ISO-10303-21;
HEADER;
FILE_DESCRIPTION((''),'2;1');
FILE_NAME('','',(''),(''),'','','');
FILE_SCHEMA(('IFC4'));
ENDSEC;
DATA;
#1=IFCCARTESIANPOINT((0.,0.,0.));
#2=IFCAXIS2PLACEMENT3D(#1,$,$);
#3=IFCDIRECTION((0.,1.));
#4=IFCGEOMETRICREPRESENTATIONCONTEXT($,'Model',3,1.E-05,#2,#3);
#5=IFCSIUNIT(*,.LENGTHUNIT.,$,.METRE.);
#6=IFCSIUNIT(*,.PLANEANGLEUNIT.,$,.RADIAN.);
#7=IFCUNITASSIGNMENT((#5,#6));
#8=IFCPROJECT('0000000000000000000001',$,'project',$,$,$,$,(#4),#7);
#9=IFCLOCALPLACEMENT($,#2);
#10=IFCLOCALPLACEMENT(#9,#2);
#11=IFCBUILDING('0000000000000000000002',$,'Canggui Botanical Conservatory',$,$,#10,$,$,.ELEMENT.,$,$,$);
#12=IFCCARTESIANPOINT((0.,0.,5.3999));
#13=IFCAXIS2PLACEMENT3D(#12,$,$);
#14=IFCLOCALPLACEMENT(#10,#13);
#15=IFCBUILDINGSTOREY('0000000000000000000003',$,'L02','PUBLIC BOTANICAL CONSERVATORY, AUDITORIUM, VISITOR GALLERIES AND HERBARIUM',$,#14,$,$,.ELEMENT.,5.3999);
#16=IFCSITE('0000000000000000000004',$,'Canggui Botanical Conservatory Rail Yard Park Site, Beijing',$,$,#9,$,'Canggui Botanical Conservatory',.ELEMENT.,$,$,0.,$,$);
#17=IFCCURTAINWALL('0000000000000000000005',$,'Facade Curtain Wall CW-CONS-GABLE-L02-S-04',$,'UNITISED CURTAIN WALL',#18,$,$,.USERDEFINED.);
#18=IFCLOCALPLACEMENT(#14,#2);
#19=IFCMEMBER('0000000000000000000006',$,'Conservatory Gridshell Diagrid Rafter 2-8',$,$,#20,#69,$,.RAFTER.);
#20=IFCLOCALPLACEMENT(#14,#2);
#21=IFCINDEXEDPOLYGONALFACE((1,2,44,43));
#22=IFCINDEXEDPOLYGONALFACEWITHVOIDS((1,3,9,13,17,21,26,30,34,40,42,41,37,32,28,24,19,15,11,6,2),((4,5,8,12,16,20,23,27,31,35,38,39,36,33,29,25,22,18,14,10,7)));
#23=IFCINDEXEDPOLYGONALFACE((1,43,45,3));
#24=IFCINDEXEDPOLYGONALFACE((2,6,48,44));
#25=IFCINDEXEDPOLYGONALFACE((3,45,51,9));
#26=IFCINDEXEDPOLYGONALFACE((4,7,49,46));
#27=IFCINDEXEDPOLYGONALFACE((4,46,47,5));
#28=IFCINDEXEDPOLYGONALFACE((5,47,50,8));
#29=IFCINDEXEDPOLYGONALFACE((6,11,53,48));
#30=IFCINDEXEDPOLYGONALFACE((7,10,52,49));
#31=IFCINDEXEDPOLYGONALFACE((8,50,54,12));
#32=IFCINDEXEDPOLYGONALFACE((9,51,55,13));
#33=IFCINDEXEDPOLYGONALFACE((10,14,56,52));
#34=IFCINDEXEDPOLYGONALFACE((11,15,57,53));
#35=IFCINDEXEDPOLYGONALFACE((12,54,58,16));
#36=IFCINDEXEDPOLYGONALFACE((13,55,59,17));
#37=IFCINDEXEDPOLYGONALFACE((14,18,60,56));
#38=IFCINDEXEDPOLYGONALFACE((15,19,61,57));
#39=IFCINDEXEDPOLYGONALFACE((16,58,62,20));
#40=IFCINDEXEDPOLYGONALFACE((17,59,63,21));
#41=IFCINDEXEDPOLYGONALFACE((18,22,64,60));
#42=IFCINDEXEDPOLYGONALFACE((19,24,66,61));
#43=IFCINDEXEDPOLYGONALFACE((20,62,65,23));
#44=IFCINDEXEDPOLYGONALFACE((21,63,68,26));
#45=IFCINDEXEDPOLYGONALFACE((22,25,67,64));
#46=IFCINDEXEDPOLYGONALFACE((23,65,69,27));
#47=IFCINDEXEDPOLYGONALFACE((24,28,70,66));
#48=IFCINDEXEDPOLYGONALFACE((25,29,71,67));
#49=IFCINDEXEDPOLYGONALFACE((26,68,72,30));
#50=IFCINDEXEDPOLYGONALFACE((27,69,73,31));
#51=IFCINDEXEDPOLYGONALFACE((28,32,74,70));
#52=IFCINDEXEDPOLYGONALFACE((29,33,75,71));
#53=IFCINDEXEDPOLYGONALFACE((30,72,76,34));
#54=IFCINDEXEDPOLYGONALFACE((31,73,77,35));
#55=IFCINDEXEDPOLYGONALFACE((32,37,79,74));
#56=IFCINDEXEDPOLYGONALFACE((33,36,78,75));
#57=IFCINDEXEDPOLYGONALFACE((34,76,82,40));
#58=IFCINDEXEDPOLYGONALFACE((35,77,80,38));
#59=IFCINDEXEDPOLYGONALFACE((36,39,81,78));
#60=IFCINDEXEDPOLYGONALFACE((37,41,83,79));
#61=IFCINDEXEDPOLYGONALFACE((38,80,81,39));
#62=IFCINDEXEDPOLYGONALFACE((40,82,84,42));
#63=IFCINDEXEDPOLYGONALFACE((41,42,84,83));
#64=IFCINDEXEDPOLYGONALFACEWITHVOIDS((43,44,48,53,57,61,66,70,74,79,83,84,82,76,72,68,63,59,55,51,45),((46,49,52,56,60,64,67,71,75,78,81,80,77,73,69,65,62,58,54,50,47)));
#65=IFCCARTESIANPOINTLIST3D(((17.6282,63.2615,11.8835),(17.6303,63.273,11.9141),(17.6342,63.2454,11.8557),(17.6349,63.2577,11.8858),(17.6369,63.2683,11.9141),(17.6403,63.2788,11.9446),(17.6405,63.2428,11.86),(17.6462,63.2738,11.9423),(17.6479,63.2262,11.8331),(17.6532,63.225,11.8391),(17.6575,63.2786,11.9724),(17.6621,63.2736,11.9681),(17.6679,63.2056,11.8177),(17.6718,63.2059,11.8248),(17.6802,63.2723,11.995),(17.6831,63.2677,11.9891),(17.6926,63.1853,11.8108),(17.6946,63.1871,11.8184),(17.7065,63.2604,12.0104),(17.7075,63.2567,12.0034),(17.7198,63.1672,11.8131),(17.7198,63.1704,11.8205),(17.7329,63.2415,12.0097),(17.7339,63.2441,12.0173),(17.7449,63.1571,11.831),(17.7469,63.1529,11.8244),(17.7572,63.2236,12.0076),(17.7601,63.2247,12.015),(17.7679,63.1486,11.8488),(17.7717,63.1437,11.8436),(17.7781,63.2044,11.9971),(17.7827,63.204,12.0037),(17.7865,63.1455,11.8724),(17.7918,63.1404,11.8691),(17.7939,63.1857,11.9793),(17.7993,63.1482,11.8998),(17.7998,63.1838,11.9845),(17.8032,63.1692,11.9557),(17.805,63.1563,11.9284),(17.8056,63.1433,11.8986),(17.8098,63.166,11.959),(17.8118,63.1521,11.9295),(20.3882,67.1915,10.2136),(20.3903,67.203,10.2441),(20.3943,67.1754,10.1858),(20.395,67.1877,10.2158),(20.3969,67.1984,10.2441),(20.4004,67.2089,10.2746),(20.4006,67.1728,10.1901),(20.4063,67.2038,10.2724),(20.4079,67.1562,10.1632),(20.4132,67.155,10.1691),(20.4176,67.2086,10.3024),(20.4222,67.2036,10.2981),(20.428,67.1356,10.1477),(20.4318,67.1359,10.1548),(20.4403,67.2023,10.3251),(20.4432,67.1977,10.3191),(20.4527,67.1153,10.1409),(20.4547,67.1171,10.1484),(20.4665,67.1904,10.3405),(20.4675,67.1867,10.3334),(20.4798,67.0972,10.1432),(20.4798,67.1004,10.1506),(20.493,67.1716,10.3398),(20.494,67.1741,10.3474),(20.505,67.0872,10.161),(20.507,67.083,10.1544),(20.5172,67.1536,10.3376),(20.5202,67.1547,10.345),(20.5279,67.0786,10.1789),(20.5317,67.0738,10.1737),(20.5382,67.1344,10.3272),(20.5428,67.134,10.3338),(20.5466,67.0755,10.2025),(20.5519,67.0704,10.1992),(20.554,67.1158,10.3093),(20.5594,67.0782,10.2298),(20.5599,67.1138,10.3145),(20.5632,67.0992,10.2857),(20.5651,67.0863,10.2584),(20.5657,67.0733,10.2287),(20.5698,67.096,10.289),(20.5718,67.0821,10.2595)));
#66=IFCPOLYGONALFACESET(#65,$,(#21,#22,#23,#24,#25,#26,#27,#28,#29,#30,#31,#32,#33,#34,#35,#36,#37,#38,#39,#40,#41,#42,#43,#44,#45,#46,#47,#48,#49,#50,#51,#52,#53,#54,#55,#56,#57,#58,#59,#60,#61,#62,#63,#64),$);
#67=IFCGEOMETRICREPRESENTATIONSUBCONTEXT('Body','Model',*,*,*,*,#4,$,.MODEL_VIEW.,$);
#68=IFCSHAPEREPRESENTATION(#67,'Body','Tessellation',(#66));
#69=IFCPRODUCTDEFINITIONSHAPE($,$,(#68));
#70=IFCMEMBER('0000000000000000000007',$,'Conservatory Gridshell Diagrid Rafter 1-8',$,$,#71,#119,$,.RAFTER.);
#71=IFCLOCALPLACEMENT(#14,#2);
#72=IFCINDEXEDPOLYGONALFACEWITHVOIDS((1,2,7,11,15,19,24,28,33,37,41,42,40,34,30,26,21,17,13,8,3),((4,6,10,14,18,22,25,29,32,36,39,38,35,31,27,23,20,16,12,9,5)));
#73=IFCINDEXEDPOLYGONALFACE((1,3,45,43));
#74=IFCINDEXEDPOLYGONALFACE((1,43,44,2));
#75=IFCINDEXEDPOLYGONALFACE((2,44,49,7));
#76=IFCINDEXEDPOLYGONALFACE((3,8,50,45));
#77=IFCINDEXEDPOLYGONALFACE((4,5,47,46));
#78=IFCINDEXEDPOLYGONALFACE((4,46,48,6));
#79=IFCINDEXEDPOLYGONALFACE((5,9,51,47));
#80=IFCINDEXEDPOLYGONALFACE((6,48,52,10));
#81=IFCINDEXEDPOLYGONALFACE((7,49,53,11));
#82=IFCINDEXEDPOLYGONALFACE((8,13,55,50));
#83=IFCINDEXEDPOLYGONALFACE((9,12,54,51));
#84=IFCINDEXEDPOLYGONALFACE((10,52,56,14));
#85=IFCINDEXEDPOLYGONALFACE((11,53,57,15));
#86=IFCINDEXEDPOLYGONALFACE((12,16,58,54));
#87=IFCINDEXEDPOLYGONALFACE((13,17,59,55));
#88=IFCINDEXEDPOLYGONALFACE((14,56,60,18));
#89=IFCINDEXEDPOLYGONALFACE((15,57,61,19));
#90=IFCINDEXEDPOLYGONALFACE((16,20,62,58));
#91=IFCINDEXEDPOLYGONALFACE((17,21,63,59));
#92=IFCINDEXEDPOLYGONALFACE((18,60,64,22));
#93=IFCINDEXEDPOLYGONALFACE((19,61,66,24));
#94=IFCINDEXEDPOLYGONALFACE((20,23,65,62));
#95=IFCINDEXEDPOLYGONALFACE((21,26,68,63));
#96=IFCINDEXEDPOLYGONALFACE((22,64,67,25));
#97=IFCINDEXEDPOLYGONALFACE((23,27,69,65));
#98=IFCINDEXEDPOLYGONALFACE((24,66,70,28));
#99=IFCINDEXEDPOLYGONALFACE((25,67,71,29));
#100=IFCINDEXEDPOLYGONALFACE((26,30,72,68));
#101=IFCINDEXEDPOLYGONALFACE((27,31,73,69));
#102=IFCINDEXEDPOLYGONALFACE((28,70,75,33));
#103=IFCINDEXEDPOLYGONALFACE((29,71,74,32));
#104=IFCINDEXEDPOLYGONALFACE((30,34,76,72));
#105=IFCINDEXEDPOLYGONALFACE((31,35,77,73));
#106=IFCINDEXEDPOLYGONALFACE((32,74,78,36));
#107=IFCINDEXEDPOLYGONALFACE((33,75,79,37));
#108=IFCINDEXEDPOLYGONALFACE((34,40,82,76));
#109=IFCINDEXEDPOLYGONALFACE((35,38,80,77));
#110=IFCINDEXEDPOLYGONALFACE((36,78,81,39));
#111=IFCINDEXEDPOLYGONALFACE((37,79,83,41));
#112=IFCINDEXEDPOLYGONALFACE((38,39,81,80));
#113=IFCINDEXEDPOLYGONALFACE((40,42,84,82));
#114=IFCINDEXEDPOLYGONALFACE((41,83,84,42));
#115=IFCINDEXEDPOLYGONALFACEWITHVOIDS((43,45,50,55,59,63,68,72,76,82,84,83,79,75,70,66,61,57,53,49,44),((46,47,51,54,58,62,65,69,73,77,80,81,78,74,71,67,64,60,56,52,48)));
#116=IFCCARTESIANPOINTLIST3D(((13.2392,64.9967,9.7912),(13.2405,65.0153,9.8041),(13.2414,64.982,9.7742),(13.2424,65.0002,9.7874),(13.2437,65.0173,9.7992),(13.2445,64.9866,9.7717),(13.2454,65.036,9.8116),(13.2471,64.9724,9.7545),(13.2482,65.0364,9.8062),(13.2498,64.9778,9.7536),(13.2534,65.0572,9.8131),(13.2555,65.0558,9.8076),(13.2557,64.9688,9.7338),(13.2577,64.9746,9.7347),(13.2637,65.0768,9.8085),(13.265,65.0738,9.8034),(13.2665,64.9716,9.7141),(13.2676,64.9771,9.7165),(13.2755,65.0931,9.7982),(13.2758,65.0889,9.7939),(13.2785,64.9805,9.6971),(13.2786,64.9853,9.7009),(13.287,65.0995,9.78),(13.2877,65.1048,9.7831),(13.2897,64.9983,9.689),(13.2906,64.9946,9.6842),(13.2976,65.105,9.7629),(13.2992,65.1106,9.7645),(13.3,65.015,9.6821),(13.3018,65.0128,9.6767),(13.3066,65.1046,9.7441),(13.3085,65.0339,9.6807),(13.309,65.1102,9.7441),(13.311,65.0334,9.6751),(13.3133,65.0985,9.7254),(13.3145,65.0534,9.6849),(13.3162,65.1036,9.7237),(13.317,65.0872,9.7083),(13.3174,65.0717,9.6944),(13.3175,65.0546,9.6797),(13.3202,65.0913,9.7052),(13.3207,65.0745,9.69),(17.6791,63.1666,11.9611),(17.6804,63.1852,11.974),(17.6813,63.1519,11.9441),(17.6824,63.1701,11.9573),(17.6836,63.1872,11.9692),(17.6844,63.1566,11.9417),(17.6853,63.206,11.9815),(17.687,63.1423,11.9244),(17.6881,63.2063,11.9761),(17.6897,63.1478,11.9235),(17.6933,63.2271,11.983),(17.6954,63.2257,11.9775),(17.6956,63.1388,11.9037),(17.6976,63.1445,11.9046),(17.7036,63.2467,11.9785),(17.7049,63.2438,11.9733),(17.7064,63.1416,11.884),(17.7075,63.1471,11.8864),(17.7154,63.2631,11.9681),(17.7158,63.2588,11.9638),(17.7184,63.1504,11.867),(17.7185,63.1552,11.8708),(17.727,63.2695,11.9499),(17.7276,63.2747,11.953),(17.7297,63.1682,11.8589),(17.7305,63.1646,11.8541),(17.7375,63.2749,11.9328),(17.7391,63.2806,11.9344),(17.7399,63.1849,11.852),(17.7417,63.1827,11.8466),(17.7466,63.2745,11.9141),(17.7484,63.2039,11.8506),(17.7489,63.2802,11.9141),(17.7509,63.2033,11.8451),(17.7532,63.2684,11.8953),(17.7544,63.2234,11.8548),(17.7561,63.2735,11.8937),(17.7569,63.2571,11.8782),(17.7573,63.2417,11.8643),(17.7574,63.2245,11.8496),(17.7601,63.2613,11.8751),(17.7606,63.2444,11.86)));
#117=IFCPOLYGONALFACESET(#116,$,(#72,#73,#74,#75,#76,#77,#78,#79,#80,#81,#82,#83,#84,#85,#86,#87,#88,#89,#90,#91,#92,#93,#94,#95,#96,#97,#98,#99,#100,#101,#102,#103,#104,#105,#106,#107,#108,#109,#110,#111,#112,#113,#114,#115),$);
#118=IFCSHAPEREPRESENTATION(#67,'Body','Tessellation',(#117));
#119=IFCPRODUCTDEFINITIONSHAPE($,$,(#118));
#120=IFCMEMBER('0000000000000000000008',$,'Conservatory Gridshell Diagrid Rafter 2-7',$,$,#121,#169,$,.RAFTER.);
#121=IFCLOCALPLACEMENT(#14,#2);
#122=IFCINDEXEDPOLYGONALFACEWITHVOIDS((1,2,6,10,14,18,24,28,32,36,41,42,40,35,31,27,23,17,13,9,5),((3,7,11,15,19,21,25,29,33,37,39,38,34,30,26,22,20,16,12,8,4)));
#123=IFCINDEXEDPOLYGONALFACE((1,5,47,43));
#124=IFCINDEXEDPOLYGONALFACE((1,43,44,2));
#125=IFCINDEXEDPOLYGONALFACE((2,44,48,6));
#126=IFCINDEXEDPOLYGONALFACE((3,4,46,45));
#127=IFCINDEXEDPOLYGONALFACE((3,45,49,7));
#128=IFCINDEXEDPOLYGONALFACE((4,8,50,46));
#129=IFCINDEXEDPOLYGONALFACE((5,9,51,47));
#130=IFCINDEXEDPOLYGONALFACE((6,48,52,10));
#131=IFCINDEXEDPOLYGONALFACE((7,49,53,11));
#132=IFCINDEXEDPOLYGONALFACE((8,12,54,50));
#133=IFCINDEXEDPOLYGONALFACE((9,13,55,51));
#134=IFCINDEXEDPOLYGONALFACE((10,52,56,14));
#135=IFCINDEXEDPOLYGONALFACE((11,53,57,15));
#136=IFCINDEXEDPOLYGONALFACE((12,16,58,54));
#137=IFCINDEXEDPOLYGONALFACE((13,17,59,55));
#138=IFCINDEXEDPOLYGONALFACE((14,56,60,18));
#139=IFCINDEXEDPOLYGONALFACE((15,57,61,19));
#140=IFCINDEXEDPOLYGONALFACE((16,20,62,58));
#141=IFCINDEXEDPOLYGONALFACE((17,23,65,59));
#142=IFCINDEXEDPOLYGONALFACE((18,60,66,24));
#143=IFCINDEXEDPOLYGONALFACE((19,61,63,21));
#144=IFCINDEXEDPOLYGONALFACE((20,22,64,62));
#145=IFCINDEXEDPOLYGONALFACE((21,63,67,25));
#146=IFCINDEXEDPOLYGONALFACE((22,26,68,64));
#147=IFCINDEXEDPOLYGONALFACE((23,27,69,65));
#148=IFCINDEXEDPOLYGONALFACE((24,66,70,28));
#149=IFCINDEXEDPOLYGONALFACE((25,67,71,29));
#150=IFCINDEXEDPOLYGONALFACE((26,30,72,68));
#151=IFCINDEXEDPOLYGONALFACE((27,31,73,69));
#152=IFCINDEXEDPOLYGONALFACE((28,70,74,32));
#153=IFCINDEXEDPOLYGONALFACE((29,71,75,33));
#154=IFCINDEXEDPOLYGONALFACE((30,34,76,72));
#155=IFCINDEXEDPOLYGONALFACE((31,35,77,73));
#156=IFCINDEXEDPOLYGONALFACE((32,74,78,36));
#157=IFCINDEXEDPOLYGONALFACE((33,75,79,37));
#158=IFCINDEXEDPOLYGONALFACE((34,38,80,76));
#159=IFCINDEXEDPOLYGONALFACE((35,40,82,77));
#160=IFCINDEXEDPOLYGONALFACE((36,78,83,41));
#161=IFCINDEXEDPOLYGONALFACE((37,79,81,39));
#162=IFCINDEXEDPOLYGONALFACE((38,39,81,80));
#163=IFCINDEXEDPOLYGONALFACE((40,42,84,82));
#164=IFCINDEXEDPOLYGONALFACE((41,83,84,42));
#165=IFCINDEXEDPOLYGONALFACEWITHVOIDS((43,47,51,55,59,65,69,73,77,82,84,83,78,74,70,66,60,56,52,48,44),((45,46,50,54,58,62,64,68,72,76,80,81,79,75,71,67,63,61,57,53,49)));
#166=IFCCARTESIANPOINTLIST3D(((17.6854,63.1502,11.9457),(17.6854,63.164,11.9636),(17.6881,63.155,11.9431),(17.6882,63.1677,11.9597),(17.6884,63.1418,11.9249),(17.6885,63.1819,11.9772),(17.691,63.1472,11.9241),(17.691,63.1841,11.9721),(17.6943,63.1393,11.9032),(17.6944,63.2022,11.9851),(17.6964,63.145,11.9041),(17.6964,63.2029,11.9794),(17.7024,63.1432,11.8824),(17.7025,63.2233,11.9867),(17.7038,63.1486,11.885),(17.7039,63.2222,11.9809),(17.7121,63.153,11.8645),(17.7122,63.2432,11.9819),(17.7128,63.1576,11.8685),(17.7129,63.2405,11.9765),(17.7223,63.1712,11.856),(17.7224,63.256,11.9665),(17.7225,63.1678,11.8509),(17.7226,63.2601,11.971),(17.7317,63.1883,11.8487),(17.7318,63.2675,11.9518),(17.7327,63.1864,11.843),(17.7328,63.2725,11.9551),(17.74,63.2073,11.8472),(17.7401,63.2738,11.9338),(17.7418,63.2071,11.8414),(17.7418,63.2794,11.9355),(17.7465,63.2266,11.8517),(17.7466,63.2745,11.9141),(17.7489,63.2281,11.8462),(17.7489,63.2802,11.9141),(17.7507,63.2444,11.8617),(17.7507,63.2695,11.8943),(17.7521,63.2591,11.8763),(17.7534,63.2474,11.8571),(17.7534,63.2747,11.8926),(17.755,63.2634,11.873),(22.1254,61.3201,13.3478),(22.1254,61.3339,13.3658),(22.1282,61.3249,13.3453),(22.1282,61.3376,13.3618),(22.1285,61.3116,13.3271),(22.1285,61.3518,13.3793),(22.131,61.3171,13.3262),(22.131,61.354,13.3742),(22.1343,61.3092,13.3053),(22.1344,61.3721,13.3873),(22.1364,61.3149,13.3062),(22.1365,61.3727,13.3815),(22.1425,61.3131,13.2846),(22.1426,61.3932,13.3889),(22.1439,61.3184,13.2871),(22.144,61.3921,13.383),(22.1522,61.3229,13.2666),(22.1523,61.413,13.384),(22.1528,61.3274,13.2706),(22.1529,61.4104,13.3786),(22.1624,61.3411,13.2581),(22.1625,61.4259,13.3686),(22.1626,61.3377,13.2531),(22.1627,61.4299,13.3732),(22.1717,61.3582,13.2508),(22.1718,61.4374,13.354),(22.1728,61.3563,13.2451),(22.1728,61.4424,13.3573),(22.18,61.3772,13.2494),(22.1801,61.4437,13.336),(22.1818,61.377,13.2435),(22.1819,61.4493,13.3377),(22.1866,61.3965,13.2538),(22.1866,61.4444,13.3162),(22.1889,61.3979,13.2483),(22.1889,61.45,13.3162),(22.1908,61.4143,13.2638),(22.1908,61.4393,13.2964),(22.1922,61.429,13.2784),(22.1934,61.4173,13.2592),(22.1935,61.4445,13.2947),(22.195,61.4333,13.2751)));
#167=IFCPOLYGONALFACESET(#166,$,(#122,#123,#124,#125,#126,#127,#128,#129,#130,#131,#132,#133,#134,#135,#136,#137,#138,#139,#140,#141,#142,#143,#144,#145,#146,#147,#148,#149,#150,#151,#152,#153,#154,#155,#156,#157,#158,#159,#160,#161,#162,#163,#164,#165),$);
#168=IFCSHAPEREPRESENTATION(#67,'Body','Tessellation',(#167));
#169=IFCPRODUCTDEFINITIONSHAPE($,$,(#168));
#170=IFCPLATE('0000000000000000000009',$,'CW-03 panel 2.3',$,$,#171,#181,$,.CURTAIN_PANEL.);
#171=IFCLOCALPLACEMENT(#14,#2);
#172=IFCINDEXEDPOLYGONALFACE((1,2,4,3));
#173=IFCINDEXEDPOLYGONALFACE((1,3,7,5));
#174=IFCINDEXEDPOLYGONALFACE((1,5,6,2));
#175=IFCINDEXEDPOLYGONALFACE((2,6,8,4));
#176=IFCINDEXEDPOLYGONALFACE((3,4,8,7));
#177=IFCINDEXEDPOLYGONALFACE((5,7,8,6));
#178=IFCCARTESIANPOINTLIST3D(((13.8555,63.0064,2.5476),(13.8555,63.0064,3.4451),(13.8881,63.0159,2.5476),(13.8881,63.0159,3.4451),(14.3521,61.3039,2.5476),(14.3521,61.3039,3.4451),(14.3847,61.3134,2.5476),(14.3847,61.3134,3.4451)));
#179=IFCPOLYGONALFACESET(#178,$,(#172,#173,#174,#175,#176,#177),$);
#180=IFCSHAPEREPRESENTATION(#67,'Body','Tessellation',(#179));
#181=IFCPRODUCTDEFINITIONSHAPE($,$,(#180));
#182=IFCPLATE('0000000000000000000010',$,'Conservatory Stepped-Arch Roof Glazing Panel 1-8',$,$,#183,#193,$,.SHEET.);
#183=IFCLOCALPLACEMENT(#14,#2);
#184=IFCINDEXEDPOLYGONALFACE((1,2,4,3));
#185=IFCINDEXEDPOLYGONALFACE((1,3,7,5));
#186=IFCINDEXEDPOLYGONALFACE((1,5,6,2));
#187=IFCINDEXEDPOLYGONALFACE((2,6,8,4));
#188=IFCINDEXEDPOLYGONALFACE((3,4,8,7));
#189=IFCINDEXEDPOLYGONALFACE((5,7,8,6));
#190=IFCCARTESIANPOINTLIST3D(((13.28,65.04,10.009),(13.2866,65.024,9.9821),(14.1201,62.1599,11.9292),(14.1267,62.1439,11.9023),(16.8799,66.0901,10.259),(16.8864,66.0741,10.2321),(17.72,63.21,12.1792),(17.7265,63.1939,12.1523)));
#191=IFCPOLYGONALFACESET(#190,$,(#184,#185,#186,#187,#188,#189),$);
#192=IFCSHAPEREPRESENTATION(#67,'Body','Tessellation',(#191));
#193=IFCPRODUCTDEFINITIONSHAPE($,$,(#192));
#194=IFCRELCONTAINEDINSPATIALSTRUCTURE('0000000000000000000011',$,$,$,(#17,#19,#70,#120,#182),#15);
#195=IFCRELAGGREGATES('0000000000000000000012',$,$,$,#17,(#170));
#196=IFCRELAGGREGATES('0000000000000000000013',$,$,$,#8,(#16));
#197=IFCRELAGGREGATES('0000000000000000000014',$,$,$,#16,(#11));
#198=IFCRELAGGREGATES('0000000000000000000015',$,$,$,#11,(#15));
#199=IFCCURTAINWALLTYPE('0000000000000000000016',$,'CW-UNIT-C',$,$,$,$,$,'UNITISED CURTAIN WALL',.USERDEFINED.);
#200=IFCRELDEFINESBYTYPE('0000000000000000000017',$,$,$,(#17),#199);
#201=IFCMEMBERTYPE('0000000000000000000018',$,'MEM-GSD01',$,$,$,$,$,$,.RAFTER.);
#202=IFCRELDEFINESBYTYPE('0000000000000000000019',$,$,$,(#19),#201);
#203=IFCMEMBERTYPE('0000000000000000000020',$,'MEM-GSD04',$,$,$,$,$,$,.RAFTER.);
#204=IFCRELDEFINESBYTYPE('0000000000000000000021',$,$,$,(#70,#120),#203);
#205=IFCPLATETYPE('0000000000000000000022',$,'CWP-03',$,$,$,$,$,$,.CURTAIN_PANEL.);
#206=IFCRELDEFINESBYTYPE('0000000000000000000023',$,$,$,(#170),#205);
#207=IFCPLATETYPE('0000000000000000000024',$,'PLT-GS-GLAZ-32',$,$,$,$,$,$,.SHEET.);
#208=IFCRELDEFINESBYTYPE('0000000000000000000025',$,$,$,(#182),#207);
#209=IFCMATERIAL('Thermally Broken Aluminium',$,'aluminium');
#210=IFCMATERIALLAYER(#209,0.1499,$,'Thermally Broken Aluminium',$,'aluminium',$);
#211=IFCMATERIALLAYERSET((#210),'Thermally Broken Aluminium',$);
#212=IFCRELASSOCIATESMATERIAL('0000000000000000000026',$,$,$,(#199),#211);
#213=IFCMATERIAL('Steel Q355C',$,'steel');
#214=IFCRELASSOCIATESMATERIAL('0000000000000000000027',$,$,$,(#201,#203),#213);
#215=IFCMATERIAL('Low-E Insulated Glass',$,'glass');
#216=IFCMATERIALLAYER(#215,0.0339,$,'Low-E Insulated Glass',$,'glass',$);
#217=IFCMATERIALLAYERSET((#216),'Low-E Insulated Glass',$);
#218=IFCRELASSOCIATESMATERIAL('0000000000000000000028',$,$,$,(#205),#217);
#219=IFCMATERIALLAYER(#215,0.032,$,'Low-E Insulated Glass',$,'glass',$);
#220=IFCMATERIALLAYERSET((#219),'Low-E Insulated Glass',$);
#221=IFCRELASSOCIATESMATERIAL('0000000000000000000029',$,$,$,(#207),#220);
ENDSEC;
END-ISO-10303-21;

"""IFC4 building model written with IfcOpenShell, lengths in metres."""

from ifc_helpers import new_model, si_unit, direction, frame, origin, origin_2d, place, context, subcontext, project, spatial, polyline, rectangle, hollow_circle, outline, extrude, material, layer, layer_set, material_profile, profile_set, type_object, element, aggregate, save


model = new_model("IFC4")

# Units and contexts
model_context = context("Model", 3, precision=1e-05, world=origin(), true_north=direction((0.0, 1.0)))
body_context = subcontext(model_context, "Body", "Model", "MODEL_VIEW")
ifc_project = project(units=[si_unit("LENGTHUNIT", "METRE"), si_unit("PLANEANGLEUNIT", "RADIAN")], contexts=[model_context])

# Site, building, storey
site_placement = place(None, origin())
site = spatial("IfcSite", under=ifc_project, at=site_placement, Name="Canggui Botanical Conservatory Rail Yard Park Site, Beijing", LongName="Canggui Botanical Conservatory", CompositionType="ELEMENT", RefElevation=0.0)
building_placement = place(site_placement, origin())
building = spatial("IfcBuilding", under=site, at=building_placement, Name="Canggui Botanical Conservatory", CompositionType="ELEMENT")
storey_placement = place(building_placement, frame((0.0, 0.0, 5.3999)))
storey = spatial("IfcBuildingStorey", under=building, at=storey_placement, Name="L02", Description="PUBLIC BOTANICAL CONSERVATORY, AUDITORIUM, VISITOR GALLERIES AND HERBARIUM", CompositionType="ELEMENT", Elevation=5.3999)

# Shared definitions
ifc_material_1 = material(Name="Steel Q355C", Category="steel")

# Curtain wall
ifc_material_2 = material(Name="Thermally Broken Aluminium", Category="aluminium")
ifc_layer_1 = layer(ifc_material_2, 0.1499, Name="Thermally Broken Aluminium", Category="aluminium")
ifc_layer_set_1 = layer_set([ifc_layer_1], Name="Thermally Broken Aluminium")
curtain_wall_type = type_object("IfcCurtainWallType", Name="CW-UNIT-C", ElementType="UNITISED CURTAIN WALL", PredefinedType="USERDEFINED", material=ifc_layer_set_1)
curtain_wall_1_placement = place(storey_placement, origin())
curtain_wall_1 = element("IfcCurtainWall", 1, at=curtain_wall_1_placement, inside=storey, type_object=curtain_wall_type, Name="Facade Curtain Wall CW-CONS-GABLE-L02-S-04", ObjectType="UNITISED CURTAIN WALL", PredefinedType="USERDEFINED")

# Members
ifc_material_profile_1 = material_profile(ifc_material_1, hollow_circle(Radius=0.1096, WallThickness=0.0081, at=origin_2d()), Name="CHS 219x8")
ifc_profile_set_1 = profile_set([ifc_material_profile_1], Name="Steel Q355C")
member_type_1 = type_object("IfcMemberType", Name="MEM-GSD01", PredefinedType="RAFTER", material=ifc_profile_set_1)
member_1_placement = place(storey_placement, frame((17.72, 63.21, 11.9141), z_axis=(0.542844, 0.772946, -0.328443), x_axis=(-0.818345, 0.574728, 0.0)))
element("IfcMember", 2, at=member_1_placement, inside=storey, type_object=member_type_1, Name="Conservatory Gridshell Diagrid Rafter 2-8", PredefinedType="RAFTER", context=body_context, shape_type="SweptSolid", body=[
    extrude(hollow_circle(Radius=0.1096, WallThickness=0.0081, at=origin_2d()), origin(), (0.0, 0.0, 1.0), 5.0845),
])
ifc_material_profile_2 = material_profile(ifc_material_1, hollow_circle(Radius=0.0759, WallThickness=0.0061, at=origin_2d()), Name="CHS 152x6")
ifc_profile_set_2 = profile_set([ifc_material_profile_2], Name="Steel Q355C")
member_type_2 = type_object("IfcMemberType", Name="MEM-GSD04", PredefinedType="RAFTER", material=ifc_profile_set_2)
member_2_placement = place(storey_placement, frame((13.28, 65.04, 9.7441), z_axis=(0.842525, -0.347276, 0.411765), x_axis=(0.381082, 0.924541, 0.0)))
element("IfcMember", 3, at=member_2_placement, inside=storey, type_object=member_type_2, Name="Conservatory Gridshell Diagrid Rafter 1-8", PredefinedType="RAFTER", context=body_context, shape_type="SweptSolid", body=[
    extrude(hollow_circle(Radius=0.0759, WallThickness=0.0061, at=origin_2d()), origin(), (0.0, 0.0, 1.0), 5.2698),
])
member_3_placement = place(storey_placement, frame((17.72, 63.21, 11.9141), z_axis=(0.887489, -0.36581, 0.280262), x_axis=(0.381082, 0.924541, 0.0)))
element("IfcMember", 4, at=member_3_placement, inside=storey, type_object=member_type_2, Name="Conservatory Gridshell Diagrid Rafter 2-7", PredefinedType="RAFTER", context=body_context, shape_type="SweptSolid", body=[
    extrude(hollow_circle(Radius=0.0759, WallThickness=0.0061, at=origin_2d()), origin(), (0.0, 0.0, 1.0), 5.0029),
])

# Plate
ifc_material_3 = material(Name="Low-E Insulated Glass", Category="glass")
ifc_layer_2 = layer(ifc_material_3, 0.0339, Name="Low-E Insulated Glass", Category="glass")
ifc_layer_set_2 = layer_set([ifc_layer_2], Name="Low-E Insulated Glass")
plate_type_1 = type_object("IfcPlateType", Name="CWP-03", PredefinedType="CURTAIN_PANEL", material=ifc_layer_set_2)
plate_1_placement = place(storey_placement, frame((14.1201, 62.1599, 2.5476), z_axis=(0.0, 0.0, 1.0), x_axis=(-0.28, 0.96, 0.0)))
plate_1 = element("IfcPlate", 5, at=plate_1_placement, type_object=plate_type_1, Name="CW-03 panel 2.3", PredefinedType="CURTAIN_PANEL", context=body_context, shape_type="SweptSolid", body=[
    extrude(rectangle(XDim=1.7734, YDim=0.0339, at=origin_2d()), origin(), (0.0, 0.0, 1.0), 0.8975),
])
aggregate(curtain_wall_1, [plate_1])

# Plate
ifc_layer_3 = layer(ifc_material_3, 0.032, Name="Low-E Insulated Glass", Category="glass")
ifc_layer_set_3 = layer_set([ifc_layer_3], Name="Low-E Insulated Glass")
plate_type_2 = type_object("IfcPlateType", Name="PLT-GS-GLAZ-32", PredefinedType="SHEET", material=ifc_layer_set_3)
plate_2_placement = place(storey_placement, frame((14.1201, 62.1599, 11.9292), z_axis=(-0.204535, 0.500989, 0.840937), x_axis=(0.957867, 0.279402, 0.066521)))
element("IfcPlate", 6, at=plate_2_placement, inside=storey, type_object=plate_type_2, Name="Conservatory Stepped-Arch Roof Glazing Panel 1-8", PredefinedType="SHEET", context=body_context, shape_type="SweptSolid", body=[
    extrude(outline(polyline([(0.0, 0.0), (3.7582, 0.0), (3.6305, 3.5597), (-0.1277, 3.5597), (0.0, 0.0)])), origin(), (0.0, 0.0, -1.0), 0.032),
])

save(model, "model.ifc")
